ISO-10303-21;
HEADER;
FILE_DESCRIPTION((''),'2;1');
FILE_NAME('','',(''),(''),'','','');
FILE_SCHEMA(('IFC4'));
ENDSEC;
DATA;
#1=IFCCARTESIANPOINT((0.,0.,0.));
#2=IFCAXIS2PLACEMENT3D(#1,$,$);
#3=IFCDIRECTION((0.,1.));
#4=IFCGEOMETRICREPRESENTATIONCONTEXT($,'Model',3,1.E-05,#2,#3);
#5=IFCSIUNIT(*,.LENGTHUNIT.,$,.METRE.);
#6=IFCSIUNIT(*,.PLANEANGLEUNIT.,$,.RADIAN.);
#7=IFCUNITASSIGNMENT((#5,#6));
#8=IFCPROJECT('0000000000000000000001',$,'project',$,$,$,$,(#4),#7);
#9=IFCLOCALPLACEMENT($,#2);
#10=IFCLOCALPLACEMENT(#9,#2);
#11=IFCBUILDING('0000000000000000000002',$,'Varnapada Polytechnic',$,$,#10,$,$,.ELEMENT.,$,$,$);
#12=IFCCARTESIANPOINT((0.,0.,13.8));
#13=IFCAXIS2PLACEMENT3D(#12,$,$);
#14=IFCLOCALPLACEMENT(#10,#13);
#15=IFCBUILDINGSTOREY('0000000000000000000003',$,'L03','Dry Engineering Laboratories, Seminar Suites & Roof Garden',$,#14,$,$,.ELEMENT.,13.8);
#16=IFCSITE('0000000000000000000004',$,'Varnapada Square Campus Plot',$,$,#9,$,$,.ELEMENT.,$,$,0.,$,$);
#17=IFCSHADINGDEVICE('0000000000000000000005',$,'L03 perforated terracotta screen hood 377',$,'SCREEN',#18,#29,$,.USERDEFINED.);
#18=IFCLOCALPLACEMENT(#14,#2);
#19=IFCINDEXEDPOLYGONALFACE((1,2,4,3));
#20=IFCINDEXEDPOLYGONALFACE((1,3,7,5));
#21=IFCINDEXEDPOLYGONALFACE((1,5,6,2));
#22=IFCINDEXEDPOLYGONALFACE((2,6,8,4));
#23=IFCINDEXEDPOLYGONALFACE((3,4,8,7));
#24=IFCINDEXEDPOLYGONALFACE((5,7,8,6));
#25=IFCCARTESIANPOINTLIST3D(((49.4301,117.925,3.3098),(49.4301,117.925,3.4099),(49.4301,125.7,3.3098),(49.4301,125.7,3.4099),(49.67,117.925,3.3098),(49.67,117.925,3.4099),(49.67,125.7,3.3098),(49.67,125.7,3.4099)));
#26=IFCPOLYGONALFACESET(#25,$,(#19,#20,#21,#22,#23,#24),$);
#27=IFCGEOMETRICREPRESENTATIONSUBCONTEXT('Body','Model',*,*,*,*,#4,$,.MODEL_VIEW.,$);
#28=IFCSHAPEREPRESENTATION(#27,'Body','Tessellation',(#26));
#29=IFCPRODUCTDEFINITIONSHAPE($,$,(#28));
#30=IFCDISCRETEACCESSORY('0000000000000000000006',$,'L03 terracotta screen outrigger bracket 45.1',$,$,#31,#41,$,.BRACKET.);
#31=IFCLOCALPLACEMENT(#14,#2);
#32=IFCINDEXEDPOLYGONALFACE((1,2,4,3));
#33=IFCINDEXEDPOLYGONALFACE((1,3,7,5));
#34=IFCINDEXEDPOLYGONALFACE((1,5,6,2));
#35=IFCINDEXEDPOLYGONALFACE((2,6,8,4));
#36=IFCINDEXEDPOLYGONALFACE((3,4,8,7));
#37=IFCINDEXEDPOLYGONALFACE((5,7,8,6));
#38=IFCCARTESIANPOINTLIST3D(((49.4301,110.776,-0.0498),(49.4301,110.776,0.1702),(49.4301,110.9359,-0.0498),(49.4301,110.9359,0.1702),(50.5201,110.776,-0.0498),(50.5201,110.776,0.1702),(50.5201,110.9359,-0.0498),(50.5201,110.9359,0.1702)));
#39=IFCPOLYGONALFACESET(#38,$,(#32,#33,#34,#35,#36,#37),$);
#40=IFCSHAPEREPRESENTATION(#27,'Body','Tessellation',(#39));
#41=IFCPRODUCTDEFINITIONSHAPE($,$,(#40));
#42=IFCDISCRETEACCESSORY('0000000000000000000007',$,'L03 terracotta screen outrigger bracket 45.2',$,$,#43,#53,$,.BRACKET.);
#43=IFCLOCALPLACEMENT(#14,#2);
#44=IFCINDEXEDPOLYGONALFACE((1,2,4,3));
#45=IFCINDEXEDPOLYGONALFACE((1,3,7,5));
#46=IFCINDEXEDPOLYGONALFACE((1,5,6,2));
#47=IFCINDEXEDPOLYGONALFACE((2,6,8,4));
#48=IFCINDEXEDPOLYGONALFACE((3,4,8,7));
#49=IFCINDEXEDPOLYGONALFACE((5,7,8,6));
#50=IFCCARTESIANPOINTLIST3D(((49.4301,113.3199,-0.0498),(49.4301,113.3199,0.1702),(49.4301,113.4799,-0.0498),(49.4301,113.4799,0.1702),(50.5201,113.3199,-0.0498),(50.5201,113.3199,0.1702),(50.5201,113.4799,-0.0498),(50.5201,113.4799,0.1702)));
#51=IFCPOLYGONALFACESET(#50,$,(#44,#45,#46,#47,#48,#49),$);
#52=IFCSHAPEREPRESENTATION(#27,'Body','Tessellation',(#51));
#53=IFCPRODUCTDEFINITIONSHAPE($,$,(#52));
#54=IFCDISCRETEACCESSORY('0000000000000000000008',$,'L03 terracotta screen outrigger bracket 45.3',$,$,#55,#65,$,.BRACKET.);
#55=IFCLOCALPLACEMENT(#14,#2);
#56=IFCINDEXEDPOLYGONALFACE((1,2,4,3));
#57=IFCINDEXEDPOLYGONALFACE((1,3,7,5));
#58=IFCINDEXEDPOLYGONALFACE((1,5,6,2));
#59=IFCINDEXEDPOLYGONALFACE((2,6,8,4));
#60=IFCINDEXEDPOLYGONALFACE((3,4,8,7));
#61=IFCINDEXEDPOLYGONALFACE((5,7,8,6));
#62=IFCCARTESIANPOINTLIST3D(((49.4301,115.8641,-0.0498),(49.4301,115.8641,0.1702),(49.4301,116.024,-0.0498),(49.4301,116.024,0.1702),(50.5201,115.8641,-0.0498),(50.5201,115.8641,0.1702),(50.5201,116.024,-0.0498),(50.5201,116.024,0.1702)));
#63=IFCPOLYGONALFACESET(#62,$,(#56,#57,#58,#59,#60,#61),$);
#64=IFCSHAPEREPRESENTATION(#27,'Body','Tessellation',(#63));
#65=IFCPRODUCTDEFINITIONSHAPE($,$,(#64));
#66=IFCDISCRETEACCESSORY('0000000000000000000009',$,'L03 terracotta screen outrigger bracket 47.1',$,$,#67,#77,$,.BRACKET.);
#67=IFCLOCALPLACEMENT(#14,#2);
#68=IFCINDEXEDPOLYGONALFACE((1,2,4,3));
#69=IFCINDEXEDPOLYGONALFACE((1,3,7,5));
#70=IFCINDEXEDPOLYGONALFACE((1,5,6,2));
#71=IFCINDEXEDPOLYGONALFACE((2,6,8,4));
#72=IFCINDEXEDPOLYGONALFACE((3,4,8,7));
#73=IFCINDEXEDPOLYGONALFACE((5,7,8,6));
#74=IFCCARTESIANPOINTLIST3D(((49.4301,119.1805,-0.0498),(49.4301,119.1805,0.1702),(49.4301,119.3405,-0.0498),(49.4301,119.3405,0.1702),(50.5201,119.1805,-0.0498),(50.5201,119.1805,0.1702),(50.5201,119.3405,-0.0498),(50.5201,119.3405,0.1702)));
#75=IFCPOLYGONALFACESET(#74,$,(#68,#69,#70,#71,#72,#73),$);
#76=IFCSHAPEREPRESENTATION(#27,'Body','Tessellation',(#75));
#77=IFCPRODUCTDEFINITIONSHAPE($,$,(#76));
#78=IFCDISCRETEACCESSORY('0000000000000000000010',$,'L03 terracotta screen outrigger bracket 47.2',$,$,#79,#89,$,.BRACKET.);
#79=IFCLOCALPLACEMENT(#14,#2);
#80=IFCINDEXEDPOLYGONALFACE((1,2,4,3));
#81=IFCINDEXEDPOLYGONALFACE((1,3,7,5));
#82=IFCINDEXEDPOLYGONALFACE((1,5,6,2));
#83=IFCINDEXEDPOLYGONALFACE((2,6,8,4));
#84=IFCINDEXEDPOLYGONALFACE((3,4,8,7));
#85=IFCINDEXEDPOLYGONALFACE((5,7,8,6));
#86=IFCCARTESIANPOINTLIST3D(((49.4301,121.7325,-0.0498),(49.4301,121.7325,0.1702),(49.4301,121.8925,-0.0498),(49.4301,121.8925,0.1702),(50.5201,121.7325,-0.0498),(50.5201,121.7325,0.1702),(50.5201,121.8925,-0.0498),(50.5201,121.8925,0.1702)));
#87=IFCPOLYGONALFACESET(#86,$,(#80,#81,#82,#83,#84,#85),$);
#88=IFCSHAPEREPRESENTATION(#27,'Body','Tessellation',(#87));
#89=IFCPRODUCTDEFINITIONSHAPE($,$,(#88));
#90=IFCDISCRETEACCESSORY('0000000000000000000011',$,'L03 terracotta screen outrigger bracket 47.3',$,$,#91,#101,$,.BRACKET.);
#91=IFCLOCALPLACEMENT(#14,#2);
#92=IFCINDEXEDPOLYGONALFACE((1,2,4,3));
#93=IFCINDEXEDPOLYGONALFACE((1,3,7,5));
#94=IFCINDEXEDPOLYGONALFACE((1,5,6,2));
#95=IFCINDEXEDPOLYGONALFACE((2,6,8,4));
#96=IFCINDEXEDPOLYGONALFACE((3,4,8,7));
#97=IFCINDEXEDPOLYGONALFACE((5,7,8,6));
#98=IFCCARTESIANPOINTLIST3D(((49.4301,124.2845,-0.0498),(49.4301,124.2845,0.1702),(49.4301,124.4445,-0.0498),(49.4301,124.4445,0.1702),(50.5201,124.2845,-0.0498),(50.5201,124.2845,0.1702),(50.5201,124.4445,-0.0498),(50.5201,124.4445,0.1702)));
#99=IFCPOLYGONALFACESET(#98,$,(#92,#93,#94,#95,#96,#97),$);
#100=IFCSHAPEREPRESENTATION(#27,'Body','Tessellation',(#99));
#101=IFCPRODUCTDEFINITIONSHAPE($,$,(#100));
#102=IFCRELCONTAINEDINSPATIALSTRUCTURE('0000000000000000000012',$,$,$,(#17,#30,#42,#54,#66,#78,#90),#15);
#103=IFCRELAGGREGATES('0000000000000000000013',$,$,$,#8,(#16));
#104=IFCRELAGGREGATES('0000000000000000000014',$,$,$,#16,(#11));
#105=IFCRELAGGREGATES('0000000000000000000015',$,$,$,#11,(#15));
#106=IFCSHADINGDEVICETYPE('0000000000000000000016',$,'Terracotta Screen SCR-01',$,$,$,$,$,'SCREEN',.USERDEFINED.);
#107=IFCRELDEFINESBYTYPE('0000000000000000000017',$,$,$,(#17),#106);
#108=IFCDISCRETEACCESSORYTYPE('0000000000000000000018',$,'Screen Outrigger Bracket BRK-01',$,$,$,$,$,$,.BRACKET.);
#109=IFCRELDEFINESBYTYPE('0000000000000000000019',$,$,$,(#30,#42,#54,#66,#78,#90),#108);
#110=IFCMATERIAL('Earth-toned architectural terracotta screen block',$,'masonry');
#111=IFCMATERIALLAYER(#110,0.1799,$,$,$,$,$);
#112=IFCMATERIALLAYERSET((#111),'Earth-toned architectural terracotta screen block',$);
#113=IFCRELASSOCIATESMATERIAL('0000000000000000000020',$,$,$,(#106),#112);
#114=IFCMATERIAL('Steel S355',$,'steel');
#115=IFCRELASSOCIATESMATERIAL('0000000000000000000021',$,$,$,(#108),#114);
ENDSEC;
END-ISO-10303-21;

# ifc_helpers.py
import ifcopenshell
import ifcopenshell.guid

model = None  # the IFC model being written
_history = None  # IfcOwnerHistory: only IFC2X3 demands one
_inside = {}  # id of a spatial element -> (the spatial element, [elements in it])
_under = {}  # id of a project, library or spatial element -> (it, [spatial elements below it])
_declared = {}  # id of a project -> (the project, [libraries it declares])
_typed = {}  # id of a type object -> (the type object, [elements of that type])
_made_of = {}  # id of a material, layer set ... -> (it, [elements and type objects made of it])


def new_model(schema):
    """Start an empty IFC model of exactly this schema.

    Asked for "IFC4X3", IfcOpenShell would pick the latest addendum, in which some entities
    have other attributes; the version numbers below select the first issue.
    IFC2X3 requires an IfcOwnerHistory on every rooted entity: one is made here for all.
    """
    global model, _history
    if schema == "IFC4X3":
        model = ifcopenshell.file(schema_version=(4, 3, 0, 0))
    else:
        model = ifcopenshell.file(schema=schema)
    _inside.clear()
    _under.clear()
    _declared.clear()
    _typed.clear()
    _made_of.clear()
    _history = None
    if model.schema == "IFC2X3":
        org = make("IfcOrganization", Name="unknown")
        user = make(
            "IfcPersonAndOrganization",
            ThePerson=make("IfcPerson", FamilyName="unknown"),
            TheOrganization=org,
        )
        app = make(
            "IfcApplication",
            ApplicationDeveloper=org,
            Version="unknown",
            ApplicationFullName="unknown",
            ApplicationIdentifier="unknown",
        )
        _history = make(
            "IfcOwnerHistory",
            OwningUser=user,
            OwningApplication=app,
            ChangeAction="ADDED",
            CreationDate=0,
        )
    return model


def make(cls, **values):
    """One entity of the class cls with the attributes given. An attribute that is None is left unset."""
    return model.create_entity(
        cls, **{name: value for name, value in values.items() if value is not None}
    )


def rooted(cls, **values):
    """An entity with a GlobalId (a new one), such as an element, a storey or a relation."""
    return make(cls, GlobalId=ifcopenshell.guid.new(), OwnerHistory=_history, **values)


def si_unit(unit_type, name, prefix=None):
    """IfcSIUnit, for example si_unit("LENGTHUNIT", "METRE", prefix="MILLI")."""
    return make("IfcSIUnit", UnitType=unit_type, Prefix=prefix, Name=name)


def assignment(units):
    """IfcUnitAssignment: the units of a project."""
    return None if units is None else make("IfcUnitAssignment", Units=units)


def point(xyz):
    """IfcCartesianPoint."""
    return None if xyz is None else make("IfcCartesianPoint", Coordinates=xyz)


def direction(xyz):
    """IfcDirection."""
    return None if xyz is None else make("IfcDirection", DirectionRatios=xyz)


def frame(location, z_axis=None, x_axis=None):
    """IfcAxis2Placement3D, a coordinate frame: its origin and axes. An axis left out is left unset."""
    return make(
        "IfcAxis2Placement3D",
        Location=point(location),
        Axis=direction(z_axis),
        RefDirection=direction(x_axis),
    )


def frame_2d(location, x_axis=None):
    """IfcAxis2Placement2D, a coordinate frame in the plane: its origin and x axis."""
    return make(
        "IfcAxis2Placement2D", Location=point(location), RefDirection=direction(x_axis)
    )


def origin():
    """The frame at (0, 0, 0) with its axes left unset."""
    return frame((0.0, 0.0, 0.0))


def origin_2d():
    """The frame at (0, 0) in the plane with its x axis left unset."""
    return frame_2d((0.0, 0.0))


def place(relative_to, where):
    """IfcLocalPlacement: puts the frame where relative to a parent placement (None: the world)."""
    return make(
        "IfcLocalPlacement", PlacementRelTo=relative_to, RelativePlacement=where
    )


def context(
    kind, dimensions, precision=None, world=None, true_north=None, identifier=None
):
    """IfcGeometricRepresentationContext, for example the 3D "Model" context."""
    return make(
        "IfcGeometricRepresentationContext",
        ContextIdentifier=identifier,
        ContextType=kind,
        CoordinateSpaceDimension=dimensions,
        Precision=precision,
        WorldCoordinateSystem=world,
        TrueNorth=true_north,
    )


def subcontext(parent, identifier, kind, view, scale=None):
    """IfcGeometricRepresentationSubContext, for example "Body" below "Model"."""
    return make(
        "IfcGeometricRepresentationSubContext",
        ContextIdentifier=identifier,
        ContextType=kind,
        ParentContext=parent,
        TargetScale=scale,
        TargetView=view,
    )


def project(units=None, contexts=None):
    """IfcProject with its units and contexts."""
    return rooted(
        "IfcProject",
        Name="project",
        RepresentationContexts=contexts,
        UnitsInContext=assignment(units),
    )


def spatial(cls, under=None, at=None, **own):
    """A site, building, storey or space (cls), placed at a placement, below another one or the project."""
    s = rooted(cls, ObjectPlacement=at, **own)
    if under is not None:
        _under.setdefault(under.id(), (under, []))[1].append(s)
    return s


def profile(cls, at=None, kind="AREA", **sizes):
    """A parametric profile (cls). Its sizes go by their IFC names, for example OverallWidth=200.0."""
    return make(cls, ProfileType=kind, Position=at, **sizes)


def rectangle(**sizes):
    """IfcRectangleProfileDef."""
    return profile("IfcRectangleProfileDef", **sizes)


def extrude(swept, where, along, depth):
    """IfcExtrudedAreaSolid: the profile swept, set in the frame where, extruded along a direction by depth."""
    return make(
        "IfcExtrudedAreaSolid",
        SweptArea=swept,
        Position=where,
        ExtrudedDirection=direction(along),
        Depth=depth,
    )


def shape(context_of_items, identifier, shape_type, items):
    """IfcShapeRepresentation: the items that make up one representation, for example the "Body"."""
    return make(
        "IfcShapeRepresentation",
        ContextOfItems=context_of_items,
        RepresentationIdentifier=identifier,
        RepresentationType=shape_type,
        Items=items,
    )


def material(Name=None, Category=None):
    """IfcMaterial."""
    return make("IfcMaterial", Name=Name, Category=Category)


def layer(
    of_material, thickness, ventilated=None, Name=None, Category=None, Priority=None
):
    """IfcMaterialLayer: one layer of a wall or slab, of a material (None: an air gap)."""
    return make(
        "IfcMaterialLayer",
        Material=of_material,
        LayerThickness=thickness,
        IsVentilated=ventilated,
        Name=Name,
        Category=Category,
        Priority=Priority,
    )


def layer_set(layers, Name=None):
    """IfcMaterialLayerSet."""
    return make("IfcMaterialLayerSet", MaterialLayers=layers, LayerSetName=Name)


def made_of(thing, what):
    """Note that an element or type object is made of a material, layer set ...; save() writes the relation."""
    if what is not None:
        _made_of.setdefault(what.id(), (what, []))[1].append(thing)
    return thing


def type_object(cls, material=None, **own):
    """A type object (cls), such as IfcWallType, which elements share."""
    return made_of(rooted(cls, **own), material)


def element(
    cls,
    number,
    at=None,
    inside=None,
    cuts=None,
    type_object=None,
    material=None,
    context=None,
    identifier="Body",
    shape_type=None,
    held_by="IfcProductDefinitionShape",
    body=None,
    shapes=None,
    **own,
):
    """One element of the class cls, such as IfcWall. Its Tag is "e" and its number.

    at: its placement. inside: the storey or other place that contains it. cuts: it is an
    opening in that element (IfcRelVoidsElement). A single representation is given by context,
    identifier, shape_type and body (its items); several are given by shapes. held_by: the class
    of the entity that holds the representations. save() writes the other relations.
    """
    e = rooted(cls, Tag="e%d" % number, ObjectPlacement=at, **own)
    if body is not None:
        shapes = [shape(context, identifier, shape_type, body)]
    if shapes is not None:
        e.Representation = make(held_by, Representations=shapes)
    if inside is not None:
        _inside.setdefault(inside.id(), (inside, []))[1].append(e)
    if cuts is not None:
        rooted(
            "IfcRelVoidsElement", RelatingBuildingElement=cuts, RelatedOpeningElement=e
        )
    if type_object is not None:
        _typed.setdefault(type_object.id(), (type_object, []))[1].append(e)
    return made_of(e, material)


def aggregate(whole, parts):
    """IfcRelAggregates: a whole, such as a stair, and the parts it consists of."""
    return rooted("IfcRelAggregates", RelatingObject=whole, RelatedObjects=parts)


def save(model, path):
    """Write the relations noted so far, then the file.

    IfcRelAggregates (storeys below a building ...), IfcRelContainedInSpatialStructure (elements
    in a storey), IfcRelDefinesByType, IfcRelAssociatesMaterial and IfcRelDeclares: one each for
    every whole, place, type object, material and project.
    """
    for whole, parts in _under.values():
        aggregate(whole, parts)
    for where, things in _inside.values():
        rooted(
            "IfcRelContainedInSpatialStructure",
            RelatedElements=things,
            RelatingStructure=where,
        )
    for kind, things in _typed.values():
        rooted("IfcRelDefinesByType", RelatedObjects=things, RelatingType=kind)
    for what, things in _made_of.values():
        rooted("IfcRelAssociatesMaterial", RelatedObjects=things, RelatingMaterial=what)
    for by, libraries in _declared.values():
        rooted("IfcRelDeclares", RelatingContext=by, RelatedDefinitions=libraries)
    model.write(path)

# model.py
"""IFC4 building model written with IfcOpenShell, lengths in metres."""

from ifc_helpers import new_model, si_unit, direction, frame, origin, origin_2d, place, context, subcontext, project, spatial, rectangle, extrude, material, layer, layer_set, type_object, element, save


model = new_model("IFC4")

# Units and contexts
model_context = context("Model", 3, precision=1e-05, world=origin(), true_north=direction((0.0, 1.0)))
body_context = subcontext(model_context, "Body", "Model", "MODEL_VIEW")
ifc_project = project(units=[si_unit("LENGTHUNIT", "METRE"), si_unit("PLANEANGLEUNIT", "RADIAN")], contexts=[model_context])

# Site, building, storey
site_placement = place(None, origin())
site = spatial("IfcSite", under=ifc_project, at=site_placement, Name="Varnapada Square Campus Plot", CompositionType="ELEMENT", RefElevation=0.0)
building_placement = place(site_placement, origin())
building = spatial("IfcBuilding", under=site, at=building_placement, Name="Varnapada Polytechnic", CompositionType="ELEMENT")
storey_placement = place(building_placement, frame((0.0, 0.0, 13.8)))
storey = spatial("IfcBuildingStorey", under=building, at=storey_placement, Name="L03", Description="Dry Engineering Laboratories, Seminar Suites & Roof Garden", CompositionType="ELEMENT", Elevation=13.8)

# Shading device
ifc_material_1 = material(Name="Earth-toned architectural terracotta screen block", Category="masonry")
ifc_layer = layer(ifc_material_1, 0.1799)
ifc_layer_set = layer_set([ifc_layer], Name="Earth-toned architectural terracotta screen block")
shading_device_type = type_object("IfcShadingDeviceType", Name="Terracotta Screen SCR-01", ElementType="SCREEN", PredefinedType="USERDEFINED", material=ifc_layer_set)
shading_device_placement = place(storey_placement, frame((49.55, 121.8125, 3.3098), z_axis=(0.0, 0.0, 1.0), x_axis=(0.0, 1.0, 0.0)))
element("IfcShadingDevice", 1, at=shading_device_placement, inside=storey, type_object=shading_device_type, Name="L03 perforated terracotta screen hood 377", ObjectType="SCREEN", PredefinedType="USERDEFINED", context=body_context, shape_type="SweptSolid", body=[
    extrude(rectangle(XDim=7.7749, YDim=0.24, at=origin_2d()), origin(), (0.0, 0.0, 1.0), 0.1001),
])

# Discrete accessories
ifc_material_2 = material(Name="Steel S355", Category="steel")
discrete_accessory_type = type_object("IfcDiscreteAccessoryType", Name="Screen Outrigger Bracket BRK-01", PredefinedType="BRACKET", material=ifc_material_2)
for number, where, z_axis, x_axis, name in (
    (2, (49.9751, 110.856, -0.0498), (0.0, 0.0, 1.0), (0.0, 1.0, 0.0), "L03 terracotta screen outrigger bracket 45.1"),
    (3, (49.9751, 113.3999, -0.0498), (0.0, 0.0, 1.0), (0.0, 1.0, 0.0), "L03 terracotta screen outrigger bracket 45.2"),
    (4, (49.9751, 115.9441, -0.0498), (0.0, 0.0, 1.0), (0.0, 1.0, 0.0), "L03 terracotta screen outrigger bracket 45.3"),
    (5, (49.9751, 119.2605, -0.0498), (0.0, 0.0, 1.0), (0.0, 1.0, 0.0), "L03 terracotta screen outrigger bracket 47.1"),
    (6, (49.9751, 121.8125, -0.0498), (0.0, 0.0, 1.0), (0.0, 1.0, 0.0), "L03 terracotta screen outrigger bracket 47.2"),
    (7, (49.9751, 124.3645, -0.0498), (0.0, 0.0, 1.0), (0.0, 1.0, 0.0), "L03 terracotta screen outrigger bracket 47.3"),
):
    element("IfcDiscreteAccessory", number, at=place(storey_placement, frame(where, z_axis=z_axis, x_axis=x_axis)), inside=storey, type_object=discrete_accessory_type, Name=name, PredefinedType="BRACKET", context=body_context, shape_type="SweptSolid", body=[
        extrude(rectangle(XDim=0.1599, YDim=1.0901, at=origin_2d()), origin(), (0.0, 0.0, 1.0), 0.22),
    ])

save(model, "model.ifc")
